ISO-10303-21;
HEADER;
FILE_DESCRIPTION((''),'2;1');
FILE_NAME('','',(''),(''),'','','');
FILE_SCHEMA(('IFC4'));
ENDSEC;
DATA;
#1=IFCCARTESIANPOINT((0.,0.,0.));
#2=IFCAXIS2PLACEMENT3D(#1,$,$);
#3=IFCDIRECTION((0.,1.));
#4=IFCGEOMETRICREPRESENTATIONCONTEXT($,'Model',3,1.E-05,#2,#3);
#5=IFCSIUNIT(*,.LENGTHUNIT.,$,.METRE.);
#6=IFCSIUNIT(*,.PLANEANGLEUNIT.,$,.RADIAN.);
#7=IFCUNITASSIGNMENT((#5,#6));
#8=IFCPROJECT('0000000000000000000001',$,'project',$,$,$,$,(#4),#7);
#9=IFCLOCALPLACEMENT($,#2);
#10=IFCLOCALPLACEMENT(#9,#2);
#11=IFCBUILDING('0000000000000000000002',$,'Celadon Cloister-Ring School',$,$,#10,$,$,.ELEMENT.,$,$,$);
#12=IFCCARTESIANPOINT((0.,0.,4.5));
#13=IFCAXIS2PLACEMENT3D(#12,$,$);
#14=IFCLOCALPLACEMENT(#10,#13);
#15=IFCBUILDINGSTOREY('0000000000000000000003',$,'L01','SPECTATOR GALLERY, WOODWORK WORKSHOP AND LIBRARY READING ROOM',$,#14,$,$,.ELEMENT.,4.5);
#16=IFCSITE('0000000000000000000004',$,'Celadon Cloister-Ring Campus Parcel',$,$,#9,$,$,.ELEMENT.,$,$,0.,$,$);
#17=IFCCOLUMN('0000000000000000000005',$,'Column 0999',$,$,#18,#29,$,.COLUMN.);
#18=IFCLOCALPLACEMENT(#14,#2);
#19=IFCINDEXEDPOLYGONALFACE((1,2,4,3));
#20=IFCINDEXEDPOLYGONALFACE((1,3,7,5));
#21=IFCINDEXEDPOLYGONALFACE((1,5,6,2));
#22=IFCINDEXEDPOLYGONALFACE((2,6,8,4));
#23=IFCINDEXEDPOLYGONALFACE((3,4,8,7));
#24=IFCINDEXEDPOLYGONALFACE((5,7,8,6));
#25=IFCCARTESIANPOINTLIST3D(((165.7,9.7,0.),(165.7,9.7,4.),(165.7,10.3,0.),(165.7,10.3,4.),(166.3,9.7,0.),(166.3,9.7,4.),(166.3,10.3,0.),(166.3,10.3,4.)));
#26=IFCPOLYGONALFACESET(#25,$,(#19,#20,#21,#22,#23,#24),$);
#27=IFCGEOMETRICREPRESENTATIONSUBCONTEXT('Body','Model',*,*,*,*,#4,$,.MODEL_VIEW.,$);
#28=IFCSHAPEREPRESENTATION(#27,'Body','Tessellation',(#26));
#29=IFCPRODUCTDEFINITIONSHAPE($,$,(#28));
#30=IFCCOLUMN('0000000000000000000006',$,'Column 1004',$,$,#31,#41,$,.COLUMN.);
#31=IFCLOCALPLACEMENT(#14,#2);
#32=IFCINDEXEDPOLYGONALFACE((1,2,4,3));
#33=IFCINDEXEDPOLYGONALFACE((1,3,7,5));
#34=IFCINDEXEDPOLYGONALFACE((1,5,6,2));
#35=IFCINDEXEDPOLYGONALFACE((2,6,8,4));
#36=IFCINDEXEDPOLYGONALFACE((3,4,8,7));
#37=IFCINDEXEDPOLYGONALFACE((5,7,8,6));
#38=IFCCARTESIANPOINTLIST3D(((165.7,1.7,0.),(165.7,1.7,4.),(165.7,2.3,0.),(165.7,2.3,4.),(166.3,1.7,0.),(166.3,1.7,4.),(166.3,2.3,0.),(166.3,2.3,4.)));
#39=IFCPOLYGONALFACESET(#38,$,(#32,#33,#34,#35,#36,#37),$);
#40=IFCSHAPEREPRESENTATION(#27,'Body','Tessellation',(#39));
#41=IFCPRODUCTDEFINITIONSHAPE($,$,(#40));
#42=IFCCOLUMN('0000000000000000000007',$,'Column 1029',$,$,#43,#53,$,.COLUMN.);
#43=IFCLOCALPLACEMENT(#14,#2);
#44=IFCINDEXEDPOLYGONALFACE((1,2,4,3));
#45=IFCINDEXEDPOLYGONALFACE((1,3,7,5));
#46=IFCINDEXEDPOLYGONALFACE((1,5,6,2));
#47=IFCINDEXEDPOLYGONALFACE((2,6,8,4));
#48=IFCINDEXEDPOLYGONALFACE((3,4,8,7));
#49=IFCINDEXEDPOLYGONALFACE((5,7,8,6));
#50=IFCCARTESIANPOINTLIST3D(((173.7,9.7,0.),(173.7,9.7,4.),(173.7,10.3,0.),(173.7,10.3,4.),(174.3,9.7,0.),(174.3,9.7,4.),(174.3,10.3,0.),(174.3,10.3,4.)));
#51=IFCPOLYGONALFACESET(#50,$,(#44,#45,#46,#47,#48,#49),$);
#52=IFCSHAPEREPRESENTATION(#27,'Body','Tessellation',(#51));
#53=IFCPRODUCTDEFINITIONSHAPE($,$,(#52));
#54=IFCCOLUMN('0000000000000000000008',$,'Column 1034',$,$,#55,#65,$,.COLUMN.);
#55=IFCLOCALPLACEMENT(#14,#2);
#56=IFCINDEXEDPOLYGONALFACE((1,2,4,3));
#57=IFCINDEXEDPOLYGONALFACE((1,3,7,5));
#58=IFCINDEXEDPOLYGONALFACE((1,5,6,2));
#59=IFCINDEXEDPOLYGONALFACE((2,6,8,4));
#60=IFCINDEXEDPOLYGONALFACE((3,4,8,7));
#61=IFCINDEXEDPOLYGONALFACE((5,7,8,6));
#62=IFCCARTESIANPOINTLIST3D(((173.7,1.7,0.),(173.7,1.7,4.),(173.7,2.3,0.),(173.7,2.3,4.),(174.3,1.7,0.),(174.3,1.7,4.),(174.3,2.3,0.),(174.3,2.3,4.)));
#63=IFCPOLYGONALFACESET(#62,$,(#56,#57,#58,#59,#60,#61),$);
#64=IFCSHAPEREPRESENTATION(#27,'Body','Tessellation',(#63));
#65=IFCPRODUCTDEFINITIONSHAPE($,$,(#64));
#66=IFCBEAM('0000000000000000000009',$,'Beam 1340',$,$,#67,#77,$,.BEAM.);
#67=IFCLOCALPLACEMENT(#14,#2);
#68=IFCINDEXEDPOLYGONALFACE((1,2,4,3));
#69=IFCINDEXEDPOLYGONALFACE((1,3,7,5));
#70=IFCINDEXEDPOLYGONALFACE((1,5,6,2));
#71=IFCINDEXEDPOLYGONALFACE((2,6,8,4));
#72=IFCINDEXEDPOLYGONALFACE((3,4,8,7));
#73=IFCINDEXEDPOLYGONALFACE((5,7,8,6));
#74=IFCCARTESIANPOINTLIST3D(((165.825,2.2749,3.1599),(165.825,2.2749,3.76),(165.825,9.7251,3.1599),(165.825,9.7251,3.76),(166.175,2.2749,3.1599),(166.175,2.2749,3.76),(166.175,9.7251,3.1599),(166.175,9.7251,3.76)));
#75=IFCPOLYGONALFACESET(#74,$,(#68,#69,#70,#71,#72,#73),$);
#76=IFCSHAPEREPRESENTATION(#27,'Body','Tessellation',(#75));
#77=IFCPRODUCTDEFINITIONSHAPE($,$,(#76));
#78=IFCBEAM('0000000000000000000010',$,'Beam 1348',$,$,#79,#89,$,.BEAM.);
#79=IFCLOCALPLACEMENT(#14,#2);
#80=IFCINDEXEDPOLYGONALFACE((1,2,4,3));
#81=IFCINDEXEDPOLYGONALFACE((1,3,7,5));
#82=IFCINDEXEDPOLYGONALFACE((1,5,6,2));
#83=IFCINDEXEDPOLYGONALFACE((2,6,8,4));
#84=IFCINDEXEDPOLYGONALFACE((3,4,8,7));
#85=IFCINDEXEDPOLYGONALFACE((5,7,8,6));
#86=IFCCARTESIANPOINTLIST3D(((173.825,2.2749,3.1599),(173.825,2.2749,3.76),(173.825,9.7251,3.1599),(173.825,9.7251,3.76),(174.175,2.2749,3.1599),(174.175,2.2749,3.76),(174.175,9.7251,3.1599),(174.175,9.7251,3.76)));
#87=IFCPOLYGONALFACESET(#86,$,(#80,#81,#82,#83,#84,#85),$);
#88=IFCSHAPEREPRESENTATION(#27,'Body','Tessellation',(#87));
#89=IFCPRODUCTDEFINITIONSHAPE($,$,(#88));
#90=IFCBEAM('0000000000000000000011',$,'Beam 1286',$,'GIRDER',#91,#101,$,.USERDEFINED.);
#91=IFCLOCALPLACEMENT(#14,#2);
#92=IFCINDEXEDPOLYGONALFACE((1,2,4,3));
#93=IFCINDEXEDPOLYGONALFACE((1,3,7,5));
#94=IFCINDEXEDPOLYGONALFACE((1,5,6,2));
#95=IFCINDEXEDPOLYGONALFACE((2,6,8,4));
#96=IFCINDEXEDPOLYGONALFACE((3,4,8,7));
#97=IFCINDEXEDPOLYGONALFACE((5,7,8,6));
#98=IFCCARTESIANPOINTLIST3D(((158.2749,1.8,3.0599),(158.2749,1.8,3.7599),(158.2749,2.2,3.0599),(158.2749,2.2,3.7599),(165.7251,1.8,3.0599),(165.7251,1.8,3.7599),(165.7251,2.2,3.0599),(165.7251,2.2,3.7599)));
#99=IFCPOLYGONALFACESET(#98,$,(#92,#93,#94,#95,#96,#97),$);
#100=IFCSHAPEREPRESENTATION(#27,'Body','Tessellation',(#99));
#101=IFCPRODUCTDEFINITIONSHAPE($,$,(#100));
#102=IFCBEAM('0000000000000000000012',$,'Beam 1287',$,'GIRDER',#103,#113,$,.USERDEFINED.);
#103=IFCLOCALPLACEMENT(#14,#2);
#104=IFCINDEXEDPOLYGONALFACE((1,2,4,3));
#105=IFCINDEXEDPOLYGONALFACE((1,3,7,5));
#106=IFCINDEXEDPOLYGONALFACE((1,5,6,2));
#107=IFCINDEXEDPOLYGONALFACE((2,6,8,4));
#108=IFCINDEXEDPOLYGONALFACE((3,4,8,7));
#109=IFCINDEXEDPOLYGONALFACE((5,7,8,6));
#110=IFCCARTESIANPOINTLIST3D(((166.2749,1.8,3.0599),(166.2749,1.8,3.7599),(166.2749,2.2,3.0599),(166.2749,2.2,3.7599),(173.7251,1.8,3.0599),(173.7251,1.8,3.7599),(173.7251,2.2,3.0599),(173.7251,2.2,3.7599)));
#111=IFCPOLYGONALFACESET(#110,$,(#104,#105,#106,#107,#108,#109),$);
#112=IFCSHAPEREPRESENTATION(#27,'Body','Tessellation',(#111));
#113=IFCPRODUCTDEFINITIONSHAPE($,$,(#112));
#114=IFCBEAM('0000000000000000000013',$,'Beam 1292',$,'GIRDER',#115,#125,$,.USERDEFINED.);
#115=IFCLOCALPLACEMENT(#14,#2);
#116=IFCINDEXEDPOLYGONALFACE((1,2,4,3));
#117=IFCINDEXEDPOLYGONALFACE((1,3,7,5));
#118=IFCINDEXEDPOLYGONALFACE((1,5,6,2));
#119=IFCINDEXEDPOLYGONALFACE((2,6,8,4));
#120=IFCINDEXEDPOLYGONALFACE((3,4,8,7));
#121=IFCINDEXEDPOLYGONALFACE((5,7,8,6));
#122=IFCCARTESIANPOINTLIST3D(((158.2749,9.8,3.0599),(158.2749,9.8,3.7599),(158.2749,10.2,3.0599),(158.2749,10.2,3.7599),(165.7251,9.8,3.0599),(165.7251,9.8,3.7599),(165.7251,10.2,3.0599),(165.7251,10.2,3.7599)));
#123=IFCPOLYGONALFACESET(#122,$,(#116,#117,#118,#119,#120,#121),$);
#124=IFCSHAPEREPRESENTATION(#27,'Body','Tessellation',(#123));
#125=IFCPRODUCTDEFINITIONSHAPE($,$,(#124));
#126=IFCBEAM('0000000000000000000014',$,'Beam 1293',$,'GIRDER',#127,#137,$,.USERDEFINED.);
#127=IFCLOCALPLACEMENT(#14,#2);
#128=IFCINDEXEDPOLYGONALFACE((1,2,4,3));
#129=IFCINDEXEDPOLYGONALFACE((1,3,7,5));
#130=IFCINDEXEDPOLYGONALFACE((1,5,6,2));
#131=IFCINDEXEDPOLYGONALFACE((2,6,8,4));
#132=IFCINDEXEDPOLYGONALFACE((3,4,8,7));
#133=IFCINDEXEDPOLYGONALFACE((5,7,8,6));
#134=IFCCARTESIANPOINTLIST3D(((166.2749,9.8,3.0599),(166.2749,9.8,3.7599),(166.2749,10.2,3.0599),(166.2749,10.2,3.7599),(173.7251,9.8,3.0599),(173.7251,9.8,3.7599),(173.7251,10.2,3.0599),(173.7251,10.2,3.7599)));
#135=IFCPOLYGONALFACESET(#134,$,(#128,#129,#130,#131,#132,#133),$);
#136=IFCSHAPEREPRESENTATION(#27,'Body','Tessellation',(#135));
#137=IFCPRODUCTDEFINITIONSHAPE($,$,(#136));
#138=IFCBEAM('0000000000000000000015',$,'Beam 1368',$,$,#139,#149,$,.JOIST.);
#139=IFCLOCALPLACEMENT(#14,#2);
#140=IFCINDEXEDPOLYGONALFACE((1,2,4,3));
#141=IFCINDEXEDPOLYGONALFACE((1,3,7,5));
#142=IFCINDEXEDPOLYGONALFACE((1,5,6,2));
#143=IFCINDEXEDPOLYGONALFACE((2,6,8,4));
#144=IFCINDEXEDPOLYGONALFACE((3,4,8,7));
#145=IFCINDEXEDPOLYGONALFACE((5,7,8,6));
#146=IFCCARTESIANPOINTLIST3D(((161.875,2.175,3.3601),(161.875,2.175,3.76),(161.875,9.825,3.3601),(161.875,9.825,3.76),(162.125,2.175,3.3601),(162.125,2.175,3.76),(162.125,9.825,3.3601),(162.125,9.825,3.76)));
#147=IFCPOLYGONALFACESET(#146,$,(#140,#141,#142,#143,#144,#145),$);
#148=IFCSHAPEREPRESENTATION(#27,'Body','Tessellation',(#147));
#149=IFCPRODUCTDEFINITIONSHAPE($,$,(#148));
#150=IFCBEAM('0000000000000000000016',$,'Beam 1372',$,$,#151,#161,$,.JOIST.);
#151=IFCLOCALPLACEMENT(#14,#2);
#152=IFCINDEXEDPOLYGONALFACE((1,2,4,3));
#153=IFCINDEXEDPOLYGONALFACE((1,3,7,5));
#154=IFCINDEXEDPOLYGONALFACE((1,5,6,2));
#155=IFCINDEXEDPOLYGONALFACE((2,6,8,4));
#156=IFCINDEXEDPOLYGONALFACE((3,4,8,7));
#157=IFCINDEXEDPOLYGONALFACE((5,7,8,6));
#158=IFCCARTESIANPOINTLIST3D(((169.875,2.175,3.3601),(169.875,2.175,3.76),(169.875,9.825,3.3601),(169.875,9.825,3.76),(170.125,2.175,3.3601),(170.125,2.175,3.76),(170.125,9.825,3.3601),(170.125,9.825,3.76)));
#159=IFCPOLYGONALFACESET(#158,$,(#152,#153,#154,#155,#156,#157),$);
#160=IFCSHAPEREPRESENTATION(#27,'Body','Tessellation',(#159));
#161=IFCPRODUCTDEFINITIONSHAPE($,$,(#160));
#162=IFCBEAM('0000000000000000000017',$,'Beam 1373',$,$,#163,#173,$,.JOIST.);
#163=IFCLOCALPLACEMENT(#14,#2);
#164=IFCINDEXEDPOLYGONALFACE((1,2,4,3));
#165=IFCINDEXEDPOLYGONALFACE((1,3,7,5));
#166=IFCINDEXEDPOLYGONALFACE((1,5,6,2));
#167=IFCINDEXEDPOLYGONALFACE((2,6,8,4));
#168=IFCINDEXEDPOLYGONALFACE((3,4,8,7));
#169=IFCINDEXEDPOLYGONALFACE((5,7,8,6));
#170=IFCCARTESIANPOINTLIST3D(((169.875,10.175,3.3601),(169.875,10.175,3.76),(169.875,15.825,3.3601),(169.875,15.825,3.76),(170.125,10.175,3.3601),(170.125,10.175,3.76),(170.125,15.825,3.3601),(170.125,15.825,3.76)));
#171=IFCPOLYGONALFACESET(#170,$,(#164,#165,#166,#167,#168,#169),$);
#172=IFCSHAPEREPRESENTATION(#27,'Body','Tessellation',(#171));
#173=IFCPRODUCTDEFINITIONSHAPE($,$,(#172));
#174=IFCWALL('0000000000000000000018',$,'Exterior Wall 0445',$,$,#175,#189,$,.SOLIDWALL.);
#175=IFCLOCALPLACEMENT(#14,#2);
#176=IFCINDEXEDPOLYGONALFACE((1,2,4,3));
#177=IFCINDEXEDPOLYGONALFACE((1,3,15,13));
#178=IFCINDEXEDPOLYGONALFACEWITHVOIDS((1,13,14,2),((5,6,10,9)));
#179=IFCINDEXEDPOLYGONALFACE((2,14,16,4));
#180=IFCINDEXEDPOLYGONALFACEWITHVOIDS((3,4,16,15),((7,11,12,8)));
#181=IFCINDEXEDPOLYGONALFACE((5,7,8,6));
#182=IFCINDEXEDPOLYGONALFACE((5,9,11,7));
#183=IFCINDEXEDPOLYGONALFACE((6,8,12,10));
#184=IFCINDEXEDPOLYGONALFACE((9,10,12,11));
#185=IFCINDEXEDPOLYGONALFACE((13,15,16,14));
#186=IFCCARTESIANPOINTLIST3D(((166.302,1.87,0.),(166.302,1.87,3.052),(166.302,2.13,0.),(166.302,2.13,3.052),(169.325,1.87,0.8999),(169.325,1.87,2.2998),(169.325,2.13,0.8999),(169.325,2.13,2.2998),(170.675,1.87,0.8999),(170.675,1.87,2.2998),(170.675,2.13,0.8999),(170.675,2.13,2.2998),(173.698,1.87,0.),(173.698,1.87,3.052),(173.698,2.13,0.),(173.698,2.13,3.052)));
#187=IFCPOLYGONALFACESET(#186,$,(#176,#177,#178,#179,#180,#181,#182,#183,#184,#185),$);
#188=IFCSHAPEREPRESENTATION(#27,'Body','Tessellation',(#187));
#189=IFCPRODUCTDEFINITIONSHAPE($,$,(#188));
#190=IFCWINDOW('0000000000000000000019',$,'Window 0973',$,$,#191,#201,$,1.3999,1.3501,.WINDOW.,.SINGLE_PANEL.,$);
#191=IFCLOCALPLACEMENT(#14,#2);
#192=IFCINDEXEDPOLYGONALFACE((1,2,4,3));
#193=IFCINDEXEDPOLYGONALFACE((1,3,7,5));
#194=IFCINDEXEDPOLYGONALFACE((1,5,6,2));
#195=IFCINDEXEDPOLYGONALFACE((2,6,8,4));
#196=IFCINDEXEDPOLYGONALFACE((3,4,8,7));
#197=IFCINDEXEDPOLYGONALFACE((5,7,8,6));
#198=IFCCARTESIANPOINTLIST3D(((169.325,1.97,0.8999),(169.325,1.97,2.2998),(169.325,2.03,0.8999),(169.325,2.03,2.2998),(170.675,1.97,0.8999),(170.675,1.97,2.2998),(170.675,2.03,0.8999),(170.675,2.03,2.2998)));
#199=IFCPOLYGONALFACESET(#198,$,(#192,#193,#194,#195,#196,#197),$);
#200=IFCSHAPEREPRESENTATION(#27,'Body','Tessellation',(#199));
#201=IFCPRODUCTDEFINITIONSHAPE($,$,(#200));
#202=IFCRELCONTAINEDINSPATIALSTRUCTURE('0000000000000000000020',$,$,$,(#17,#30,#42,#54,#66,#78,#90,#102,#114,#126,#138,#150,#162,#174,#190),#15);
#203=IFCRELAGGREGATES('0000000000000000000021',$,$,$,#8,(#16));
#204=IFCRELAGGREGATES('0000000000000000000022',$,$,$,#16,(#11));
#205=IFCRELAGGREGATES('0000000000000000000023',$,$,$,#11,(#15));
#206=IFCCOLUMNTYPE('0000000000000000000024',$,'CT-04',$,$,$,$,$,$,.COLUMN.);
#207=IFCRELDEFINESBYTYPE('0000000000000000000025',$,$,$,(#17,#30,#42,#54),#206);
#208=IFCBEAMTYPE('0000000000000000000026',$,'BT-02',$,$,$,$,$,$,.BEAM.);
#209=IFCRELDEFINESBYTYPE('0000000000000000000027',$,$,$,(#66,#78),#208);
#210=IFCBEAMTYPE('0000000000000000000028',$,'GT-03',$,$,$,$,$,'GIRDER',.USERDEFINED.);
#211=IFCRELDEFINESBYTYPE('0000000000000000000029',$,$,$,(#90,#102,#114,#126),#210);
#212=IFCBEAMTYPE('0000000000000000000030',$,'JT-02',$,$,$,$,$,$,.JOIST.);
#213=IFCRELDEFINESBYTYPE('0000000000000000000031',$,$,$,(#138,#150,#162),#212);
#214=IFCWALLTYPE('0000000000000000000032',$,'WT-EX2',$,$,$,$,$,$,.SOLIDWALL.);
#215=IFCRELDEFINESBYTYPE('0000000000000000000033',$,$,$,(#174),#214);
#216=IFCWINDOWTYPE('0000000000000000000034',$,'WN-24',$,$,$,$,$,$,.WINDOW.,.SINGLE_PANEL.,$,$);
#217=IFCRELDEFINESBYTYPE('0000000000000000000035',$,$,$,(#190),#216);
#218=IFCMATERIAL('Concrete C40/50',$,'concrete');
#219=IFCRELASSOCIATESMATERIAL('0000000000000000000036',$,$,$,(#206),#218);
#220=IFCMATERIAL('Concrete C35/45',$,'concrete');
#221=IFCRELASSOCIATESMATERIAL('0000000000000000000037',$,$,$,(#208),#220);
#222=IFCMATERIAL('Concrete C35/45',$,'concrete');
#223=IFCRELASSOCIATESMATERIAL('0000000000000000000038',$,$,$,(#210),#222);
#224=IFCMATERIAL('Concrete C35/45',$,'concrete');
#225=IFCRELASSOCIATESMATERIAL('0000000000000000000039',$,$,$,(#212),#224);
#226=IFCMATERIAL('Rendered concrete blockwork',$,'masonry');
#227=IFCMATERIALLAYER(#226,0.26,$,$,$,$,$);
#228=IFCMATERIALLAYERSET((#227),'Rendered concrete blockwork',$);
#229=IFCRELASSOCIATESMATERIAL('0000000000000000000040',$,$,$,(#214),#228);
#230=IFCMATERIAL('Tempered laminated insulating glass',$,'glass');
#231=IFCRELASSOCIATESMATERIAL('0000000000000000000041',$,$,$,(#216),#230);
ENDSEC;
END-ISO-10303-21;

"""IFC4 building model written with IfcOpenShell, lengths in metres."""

from ifc_helpers import new_model, si_unit, direction, frame, frame_2d, origin, origin_2d, place, context, subcontext, project, spatial, rectangle, extrude, material, layer, layer_set, material_profile, profile_set, type_object, element, fill, save


model = new_model("IFC4")

# Units and contexts
model_context = context("Model", 3, precision=1e-05, world=origin(), true_north=direction((0.0, 1.0)))
body_context = subcontext(model_context, "Body", "Model", "MODEL_VIEW")
ifc_project = project(units=[si_unit("LENGTHUNIT", "METRE"), si_unit("PLANEANGLEUNIT", "RADIAN")], contexts=[model_context])

# Site, building, storey
site_placement = place(None, origin())
site = spatial("IfcSite", under=ifc_project, at=site_placement, Name="Celadon Cloister-Ring Campus Parcel", CompositionType="ELEMENT", RefElevation=0.0)
building_placement = place(site_placement, origin())
building = spatial("IfcBuilding", under=site, at=building_placement, Name="Celadon Cloister-Ring School", CompositionType="ELEMENT")
storey_placement = place(building_placement, frame((0.0, 0.0, 4.5)))
storey = spatial("IfcBuildingStorey", under=building, at=storey_placement, Name="L01", Description="SPECTATOR GALLERY, WOODWORK WORKSHOP AND LIBRARY READING ROOM", CompositionType="ELEMENT", Elevation=4.5)

# Columns
ifc_material_1 = material(Name="Concrete C40/50", Category="concrete")
ifc_material_profile_1 = material_profile(ifc_material_1, rectangle(XDim=0.6001, YDim=0.6001, at=origin_2d()), Name="RC600X600")
ifc_profile_set_1 = profile_set([ifc_material_profile_1], Name="Concrete C40/50")
column_type = type_object("IfcColumnType", Name="CT-04", PredefinedType="COLUMN", material=ifc_profile_set_1)
for number, where, z_axis, x_axis, name in (
    (1, (166.0, 10.0, 0.0), (0.0, 0.0, 1.0), (1.0, 0.0, 0.0), "Column 0999"),
    (2, (166.0, 2.0, 0.0), (0.0, 0.0, 1.0), (1.0, 0.0, 0.0), "Column 1004"),
    (3, (174.0, 10.0, 0.0), (0.0, 0.0, 1.0), (1.0, 0.0, 0.0), "Column 1029"),
    (4, (174.0, 2.0, 0.0), (0.0, 0.0, 1.0), (1.0, 0.0, 0.0), "Column 1034"),
):
    element("IfcColumn", number, at=place(storey_placement, frame(where, z_axis=z_axis, x_axis=x_axis)), inside=storey, type_object=column_type, Name=name, PredefinedType="COLUMN", context=body_context, shape_type="SweptSolid", body=[
        extrude(rectangle(XDim=0.6001, YDim=0.6001, at=origin_2d()), origin(), (0.0, 0.0, 1.0), 4.0),
    ])

# Beams
ifc_material_2 = material(Name="Concrete C35/45", Category="concrete")
ifc_material_profile_2 = material_profile(ifc_material_2, rectangle(XDim=0.3501, YDim=0.6001, at=origin_2d()), Name="RC350X600")
ifc_profile_set_2 = profile_set([ifc_material_profile_2], Name="Concrete C35/45")
beam_type_1 = type_object("IfcBeamType", Name="BT-02", PredefinedType="BEAM", material=ifc_profile_set_2)
for number, where, z_axis, x_axis, name in (
    (5, (166.0, 2.2749, 3.46), (0.0, 1.0, 0.0), (-1.0, 0.0, 0.0), "Beam 1340"),
    (6, (174.0, 2.2749, 3.46), (0.0, 1.0, 0.0), (-1.0, 0.0, 0.0), "Beam 1348"),
):
    element("IfcBeam", number, at=place(storey_placement, frame(where, z_axis=z_axis, x_axis=x_axis)), inside=storey, type_object=beam_type_1, Name=name, PredefinedType="BEAM", context=body_context, shape_type="SweptSolid", body=[
        extrude(rectangle(XDim=0.3501, YDim=0.6001, at=origin_2d()), origin(), (0.0, 0.0, 1.0), 7.4502),
    ])
ifc_material_3 = material(Name="Concrete C35/45", Category="concrete")
ifc_material_profile_3 = material_profile(ifc_material_3, rectangle(XDim=0.3999, YDim=0.7, at=origin_2d()), Name="RC400X700")
ifc_profile_set_3 = profile_set([ifc_material_profile_3], Name="Concrete C35/45")
beam_type_2 = type_object("IfcBeamType", Name="GT-03", ElementType="GIRDER", PredefinedType="USERDEFINED", material=ifc_profile_set_3)
for number, where, z_axis, x_axis, name in (
    (7, (158.2749, 2.0, 3.4099), (1.0, 0.0, 0.0), (0.0, 1.0, 0.0), "Beam 1286"),
    (8, (166.2749, 2.0, 3.4099), (1.0, 0.0, 0.0), (0.0, 1.0, 0.0), "Beam 1287"),
    (9, (158.2749, 10.0, 3.4099), (1.0, 0.0, 0.0), (0.0, 1.0, 0.0), "Beam 1292"),
    (10, (166.2749, 10.0, 3.4099), (1.0, 0.0, 0.0), (0.0, 1.0, 0.0), "Beam 1293"),
):
    element("IfcBeam", number, at=place(storey_placement, frame(where, z_axis=z_axis, x_axis=x_axis)), inside=storey, type_object=beam_type_2, Name=name, ObjectType="GIRDER", PredefinedType="USERDEFINED", context=body_context, shape_type="SweptSolid", body=[
        extrude(rectangle(XDim=0.3999, YDim=0.7, at=origin_2d()), origin(), (0.0, 0.0, 1.0), 7.4502),
    ])
ifc_material_4 = material(Name="Concrete C35/45", Category="concrete")
ifc_material_profile_4 = material_profile(ifc_material_4, rectangle(XDim=0.25, YDim=0.3999, at=origin_2d()), Name="RC250X400")
ifc_profile_set_4 = profile_set([ifc_material_profile_4], Name="Concrete C35/45")
beam_type_3 = type_object("IfcBeamType", Name="JT-02", PredefinedType="JOIST", material=ifc_profile_set_4)
for number, where, z_axis, x_axis, name in (
    (11, (162.0, 2.175, 3.5601), (0.0, 1.0, 0.0), (-1.0, 0.0, 0.0), "Beam 1368"),
    (12, (170.0, 2.175, 3.5601), (0.0, 1.0, 0.0), (-1.0, 0.0, 0.0), "Beam 1372"),
):
    element("IfcBeam", number, at=place(storey_placement, frame(where, z_axis=z_axis, x_axis=x_axis)), inside=storey, type_object=beam_type_3, Name=name, PredefinedType="JOIST", context=body_context, shape_type="SweptSolid", body=[
        extrude(rectangle(XDim=0.25, YDim=0.3999, at=origin_2d()), origin(), (0.0, 0.0, 1.0), 7.6499),
    ])
beam_placement = place(storey_placement, frame((170.0, 10.175, 3.5601), z_axis=(0.0, 1.0, 0.0), x_axis=(-1.0, 0.0, 0.0)))
element("IfcBeam", 13, at=beam_placement, inside=storey, type_object=beam_type_3, Name="Beam 1373", PredefinedType="JOIST", context=body_context, shape_type="SweptSolid", body=[
    extrude(rectangle(XDim=0.25, YDim=0.3999, at=origin_2d()), origin(), (0.0, 0.0, 1.0), 5.6499),
])

# Wall, opening, window
ifc_material_5 = material(Name="Rendered concrete blockwork", Category="masonry")
ifc_layer_1 = layer(ifc_material_5, 0.26)
ifc_layer_set_1 = layer_set([ifc_layer_1], Name="Rendered concrete blockwork")
wall_type_1 = type_object("IfcWallType", Name="WT-EX2", PredefinedType="SOLIDWALL", material=ifc_layer_set_1)
wall_1_placement = place(storey_placement, frame((173.698, 2.0, 0.0), z_axis=(0.0, 0.0, 1.0), x_axis=(-1.0, 0.0, 0.0)))
wall_1 = element("IfcWall", 14, at=wall_1_placement, inside=storey, type_object=wall_type_1, Name="Exterior Wall 0445", PredefinedType="SOLIDWALL", context=body_context, shape_type="SweptSolid", body=[
    extrude(rectangle(XDim=7.396, YDim=0.26, at=frame_2d((3.698, 0.0))), origin(), (0.0, 0.0, 1.0), 3.052),
])
opening_1_placement = place(wall_1_placement, frame((3.0229, 0.0, 0.8999)))
opening_1 = element("IfcOpeningElement", 15, at=opening_1_placement, cuts=wall_1, PredefinedType="OPENING", context=body_context, shape_type="SweptSolid", body=[
    extrude(rectangle(XDim=1.3501, YDim=1.3999, at=frame_2d((0.675, 0.7))), frame((0.0, 0.1401, 0.0), z_axis=(0.0, -1.0, 0.0), x_axis=(1.0, 0.0, 0.0)), (0.0, 0.0, 1.0), 0.28),
])
ifc_material_6 = material(Name="Tempered laminated insulating glass", Category="glass")
window_type_1 = type_object("IfcWindowType", Name="WN-24", PartitioningType="SINGLE_PANEL", PredefinedType="WINDOW", material=ifc_material_6)
window_1_placement = place(opening_1_placement, origin())
window_1 = element("IfcWindow", 16, at=window_1_placement, inside=storey, type_object=window_type_1, Name="Window 0973", OverallHeight=1.3999, OverallWidth=1.3501, PartitioningType="SINGLE_PANEL", PredefinedType="WINDOW", context=body_context, shape_type="SweptSolid", body=[
    extrude(rectangle(XDim=1.3501, YDim=1.3999, at=frame_2d((0.675, 0.7))), frame((0.0, 0.03, 0.0), z_axis=(0.0, -1.0, 0.0), x_axis=(1.0, 0.0, 0.0)), (0.0, 0.0, 1.0), 0.0601),
])
fill(opening_1, window_1)

save(model, "model.ifc")
